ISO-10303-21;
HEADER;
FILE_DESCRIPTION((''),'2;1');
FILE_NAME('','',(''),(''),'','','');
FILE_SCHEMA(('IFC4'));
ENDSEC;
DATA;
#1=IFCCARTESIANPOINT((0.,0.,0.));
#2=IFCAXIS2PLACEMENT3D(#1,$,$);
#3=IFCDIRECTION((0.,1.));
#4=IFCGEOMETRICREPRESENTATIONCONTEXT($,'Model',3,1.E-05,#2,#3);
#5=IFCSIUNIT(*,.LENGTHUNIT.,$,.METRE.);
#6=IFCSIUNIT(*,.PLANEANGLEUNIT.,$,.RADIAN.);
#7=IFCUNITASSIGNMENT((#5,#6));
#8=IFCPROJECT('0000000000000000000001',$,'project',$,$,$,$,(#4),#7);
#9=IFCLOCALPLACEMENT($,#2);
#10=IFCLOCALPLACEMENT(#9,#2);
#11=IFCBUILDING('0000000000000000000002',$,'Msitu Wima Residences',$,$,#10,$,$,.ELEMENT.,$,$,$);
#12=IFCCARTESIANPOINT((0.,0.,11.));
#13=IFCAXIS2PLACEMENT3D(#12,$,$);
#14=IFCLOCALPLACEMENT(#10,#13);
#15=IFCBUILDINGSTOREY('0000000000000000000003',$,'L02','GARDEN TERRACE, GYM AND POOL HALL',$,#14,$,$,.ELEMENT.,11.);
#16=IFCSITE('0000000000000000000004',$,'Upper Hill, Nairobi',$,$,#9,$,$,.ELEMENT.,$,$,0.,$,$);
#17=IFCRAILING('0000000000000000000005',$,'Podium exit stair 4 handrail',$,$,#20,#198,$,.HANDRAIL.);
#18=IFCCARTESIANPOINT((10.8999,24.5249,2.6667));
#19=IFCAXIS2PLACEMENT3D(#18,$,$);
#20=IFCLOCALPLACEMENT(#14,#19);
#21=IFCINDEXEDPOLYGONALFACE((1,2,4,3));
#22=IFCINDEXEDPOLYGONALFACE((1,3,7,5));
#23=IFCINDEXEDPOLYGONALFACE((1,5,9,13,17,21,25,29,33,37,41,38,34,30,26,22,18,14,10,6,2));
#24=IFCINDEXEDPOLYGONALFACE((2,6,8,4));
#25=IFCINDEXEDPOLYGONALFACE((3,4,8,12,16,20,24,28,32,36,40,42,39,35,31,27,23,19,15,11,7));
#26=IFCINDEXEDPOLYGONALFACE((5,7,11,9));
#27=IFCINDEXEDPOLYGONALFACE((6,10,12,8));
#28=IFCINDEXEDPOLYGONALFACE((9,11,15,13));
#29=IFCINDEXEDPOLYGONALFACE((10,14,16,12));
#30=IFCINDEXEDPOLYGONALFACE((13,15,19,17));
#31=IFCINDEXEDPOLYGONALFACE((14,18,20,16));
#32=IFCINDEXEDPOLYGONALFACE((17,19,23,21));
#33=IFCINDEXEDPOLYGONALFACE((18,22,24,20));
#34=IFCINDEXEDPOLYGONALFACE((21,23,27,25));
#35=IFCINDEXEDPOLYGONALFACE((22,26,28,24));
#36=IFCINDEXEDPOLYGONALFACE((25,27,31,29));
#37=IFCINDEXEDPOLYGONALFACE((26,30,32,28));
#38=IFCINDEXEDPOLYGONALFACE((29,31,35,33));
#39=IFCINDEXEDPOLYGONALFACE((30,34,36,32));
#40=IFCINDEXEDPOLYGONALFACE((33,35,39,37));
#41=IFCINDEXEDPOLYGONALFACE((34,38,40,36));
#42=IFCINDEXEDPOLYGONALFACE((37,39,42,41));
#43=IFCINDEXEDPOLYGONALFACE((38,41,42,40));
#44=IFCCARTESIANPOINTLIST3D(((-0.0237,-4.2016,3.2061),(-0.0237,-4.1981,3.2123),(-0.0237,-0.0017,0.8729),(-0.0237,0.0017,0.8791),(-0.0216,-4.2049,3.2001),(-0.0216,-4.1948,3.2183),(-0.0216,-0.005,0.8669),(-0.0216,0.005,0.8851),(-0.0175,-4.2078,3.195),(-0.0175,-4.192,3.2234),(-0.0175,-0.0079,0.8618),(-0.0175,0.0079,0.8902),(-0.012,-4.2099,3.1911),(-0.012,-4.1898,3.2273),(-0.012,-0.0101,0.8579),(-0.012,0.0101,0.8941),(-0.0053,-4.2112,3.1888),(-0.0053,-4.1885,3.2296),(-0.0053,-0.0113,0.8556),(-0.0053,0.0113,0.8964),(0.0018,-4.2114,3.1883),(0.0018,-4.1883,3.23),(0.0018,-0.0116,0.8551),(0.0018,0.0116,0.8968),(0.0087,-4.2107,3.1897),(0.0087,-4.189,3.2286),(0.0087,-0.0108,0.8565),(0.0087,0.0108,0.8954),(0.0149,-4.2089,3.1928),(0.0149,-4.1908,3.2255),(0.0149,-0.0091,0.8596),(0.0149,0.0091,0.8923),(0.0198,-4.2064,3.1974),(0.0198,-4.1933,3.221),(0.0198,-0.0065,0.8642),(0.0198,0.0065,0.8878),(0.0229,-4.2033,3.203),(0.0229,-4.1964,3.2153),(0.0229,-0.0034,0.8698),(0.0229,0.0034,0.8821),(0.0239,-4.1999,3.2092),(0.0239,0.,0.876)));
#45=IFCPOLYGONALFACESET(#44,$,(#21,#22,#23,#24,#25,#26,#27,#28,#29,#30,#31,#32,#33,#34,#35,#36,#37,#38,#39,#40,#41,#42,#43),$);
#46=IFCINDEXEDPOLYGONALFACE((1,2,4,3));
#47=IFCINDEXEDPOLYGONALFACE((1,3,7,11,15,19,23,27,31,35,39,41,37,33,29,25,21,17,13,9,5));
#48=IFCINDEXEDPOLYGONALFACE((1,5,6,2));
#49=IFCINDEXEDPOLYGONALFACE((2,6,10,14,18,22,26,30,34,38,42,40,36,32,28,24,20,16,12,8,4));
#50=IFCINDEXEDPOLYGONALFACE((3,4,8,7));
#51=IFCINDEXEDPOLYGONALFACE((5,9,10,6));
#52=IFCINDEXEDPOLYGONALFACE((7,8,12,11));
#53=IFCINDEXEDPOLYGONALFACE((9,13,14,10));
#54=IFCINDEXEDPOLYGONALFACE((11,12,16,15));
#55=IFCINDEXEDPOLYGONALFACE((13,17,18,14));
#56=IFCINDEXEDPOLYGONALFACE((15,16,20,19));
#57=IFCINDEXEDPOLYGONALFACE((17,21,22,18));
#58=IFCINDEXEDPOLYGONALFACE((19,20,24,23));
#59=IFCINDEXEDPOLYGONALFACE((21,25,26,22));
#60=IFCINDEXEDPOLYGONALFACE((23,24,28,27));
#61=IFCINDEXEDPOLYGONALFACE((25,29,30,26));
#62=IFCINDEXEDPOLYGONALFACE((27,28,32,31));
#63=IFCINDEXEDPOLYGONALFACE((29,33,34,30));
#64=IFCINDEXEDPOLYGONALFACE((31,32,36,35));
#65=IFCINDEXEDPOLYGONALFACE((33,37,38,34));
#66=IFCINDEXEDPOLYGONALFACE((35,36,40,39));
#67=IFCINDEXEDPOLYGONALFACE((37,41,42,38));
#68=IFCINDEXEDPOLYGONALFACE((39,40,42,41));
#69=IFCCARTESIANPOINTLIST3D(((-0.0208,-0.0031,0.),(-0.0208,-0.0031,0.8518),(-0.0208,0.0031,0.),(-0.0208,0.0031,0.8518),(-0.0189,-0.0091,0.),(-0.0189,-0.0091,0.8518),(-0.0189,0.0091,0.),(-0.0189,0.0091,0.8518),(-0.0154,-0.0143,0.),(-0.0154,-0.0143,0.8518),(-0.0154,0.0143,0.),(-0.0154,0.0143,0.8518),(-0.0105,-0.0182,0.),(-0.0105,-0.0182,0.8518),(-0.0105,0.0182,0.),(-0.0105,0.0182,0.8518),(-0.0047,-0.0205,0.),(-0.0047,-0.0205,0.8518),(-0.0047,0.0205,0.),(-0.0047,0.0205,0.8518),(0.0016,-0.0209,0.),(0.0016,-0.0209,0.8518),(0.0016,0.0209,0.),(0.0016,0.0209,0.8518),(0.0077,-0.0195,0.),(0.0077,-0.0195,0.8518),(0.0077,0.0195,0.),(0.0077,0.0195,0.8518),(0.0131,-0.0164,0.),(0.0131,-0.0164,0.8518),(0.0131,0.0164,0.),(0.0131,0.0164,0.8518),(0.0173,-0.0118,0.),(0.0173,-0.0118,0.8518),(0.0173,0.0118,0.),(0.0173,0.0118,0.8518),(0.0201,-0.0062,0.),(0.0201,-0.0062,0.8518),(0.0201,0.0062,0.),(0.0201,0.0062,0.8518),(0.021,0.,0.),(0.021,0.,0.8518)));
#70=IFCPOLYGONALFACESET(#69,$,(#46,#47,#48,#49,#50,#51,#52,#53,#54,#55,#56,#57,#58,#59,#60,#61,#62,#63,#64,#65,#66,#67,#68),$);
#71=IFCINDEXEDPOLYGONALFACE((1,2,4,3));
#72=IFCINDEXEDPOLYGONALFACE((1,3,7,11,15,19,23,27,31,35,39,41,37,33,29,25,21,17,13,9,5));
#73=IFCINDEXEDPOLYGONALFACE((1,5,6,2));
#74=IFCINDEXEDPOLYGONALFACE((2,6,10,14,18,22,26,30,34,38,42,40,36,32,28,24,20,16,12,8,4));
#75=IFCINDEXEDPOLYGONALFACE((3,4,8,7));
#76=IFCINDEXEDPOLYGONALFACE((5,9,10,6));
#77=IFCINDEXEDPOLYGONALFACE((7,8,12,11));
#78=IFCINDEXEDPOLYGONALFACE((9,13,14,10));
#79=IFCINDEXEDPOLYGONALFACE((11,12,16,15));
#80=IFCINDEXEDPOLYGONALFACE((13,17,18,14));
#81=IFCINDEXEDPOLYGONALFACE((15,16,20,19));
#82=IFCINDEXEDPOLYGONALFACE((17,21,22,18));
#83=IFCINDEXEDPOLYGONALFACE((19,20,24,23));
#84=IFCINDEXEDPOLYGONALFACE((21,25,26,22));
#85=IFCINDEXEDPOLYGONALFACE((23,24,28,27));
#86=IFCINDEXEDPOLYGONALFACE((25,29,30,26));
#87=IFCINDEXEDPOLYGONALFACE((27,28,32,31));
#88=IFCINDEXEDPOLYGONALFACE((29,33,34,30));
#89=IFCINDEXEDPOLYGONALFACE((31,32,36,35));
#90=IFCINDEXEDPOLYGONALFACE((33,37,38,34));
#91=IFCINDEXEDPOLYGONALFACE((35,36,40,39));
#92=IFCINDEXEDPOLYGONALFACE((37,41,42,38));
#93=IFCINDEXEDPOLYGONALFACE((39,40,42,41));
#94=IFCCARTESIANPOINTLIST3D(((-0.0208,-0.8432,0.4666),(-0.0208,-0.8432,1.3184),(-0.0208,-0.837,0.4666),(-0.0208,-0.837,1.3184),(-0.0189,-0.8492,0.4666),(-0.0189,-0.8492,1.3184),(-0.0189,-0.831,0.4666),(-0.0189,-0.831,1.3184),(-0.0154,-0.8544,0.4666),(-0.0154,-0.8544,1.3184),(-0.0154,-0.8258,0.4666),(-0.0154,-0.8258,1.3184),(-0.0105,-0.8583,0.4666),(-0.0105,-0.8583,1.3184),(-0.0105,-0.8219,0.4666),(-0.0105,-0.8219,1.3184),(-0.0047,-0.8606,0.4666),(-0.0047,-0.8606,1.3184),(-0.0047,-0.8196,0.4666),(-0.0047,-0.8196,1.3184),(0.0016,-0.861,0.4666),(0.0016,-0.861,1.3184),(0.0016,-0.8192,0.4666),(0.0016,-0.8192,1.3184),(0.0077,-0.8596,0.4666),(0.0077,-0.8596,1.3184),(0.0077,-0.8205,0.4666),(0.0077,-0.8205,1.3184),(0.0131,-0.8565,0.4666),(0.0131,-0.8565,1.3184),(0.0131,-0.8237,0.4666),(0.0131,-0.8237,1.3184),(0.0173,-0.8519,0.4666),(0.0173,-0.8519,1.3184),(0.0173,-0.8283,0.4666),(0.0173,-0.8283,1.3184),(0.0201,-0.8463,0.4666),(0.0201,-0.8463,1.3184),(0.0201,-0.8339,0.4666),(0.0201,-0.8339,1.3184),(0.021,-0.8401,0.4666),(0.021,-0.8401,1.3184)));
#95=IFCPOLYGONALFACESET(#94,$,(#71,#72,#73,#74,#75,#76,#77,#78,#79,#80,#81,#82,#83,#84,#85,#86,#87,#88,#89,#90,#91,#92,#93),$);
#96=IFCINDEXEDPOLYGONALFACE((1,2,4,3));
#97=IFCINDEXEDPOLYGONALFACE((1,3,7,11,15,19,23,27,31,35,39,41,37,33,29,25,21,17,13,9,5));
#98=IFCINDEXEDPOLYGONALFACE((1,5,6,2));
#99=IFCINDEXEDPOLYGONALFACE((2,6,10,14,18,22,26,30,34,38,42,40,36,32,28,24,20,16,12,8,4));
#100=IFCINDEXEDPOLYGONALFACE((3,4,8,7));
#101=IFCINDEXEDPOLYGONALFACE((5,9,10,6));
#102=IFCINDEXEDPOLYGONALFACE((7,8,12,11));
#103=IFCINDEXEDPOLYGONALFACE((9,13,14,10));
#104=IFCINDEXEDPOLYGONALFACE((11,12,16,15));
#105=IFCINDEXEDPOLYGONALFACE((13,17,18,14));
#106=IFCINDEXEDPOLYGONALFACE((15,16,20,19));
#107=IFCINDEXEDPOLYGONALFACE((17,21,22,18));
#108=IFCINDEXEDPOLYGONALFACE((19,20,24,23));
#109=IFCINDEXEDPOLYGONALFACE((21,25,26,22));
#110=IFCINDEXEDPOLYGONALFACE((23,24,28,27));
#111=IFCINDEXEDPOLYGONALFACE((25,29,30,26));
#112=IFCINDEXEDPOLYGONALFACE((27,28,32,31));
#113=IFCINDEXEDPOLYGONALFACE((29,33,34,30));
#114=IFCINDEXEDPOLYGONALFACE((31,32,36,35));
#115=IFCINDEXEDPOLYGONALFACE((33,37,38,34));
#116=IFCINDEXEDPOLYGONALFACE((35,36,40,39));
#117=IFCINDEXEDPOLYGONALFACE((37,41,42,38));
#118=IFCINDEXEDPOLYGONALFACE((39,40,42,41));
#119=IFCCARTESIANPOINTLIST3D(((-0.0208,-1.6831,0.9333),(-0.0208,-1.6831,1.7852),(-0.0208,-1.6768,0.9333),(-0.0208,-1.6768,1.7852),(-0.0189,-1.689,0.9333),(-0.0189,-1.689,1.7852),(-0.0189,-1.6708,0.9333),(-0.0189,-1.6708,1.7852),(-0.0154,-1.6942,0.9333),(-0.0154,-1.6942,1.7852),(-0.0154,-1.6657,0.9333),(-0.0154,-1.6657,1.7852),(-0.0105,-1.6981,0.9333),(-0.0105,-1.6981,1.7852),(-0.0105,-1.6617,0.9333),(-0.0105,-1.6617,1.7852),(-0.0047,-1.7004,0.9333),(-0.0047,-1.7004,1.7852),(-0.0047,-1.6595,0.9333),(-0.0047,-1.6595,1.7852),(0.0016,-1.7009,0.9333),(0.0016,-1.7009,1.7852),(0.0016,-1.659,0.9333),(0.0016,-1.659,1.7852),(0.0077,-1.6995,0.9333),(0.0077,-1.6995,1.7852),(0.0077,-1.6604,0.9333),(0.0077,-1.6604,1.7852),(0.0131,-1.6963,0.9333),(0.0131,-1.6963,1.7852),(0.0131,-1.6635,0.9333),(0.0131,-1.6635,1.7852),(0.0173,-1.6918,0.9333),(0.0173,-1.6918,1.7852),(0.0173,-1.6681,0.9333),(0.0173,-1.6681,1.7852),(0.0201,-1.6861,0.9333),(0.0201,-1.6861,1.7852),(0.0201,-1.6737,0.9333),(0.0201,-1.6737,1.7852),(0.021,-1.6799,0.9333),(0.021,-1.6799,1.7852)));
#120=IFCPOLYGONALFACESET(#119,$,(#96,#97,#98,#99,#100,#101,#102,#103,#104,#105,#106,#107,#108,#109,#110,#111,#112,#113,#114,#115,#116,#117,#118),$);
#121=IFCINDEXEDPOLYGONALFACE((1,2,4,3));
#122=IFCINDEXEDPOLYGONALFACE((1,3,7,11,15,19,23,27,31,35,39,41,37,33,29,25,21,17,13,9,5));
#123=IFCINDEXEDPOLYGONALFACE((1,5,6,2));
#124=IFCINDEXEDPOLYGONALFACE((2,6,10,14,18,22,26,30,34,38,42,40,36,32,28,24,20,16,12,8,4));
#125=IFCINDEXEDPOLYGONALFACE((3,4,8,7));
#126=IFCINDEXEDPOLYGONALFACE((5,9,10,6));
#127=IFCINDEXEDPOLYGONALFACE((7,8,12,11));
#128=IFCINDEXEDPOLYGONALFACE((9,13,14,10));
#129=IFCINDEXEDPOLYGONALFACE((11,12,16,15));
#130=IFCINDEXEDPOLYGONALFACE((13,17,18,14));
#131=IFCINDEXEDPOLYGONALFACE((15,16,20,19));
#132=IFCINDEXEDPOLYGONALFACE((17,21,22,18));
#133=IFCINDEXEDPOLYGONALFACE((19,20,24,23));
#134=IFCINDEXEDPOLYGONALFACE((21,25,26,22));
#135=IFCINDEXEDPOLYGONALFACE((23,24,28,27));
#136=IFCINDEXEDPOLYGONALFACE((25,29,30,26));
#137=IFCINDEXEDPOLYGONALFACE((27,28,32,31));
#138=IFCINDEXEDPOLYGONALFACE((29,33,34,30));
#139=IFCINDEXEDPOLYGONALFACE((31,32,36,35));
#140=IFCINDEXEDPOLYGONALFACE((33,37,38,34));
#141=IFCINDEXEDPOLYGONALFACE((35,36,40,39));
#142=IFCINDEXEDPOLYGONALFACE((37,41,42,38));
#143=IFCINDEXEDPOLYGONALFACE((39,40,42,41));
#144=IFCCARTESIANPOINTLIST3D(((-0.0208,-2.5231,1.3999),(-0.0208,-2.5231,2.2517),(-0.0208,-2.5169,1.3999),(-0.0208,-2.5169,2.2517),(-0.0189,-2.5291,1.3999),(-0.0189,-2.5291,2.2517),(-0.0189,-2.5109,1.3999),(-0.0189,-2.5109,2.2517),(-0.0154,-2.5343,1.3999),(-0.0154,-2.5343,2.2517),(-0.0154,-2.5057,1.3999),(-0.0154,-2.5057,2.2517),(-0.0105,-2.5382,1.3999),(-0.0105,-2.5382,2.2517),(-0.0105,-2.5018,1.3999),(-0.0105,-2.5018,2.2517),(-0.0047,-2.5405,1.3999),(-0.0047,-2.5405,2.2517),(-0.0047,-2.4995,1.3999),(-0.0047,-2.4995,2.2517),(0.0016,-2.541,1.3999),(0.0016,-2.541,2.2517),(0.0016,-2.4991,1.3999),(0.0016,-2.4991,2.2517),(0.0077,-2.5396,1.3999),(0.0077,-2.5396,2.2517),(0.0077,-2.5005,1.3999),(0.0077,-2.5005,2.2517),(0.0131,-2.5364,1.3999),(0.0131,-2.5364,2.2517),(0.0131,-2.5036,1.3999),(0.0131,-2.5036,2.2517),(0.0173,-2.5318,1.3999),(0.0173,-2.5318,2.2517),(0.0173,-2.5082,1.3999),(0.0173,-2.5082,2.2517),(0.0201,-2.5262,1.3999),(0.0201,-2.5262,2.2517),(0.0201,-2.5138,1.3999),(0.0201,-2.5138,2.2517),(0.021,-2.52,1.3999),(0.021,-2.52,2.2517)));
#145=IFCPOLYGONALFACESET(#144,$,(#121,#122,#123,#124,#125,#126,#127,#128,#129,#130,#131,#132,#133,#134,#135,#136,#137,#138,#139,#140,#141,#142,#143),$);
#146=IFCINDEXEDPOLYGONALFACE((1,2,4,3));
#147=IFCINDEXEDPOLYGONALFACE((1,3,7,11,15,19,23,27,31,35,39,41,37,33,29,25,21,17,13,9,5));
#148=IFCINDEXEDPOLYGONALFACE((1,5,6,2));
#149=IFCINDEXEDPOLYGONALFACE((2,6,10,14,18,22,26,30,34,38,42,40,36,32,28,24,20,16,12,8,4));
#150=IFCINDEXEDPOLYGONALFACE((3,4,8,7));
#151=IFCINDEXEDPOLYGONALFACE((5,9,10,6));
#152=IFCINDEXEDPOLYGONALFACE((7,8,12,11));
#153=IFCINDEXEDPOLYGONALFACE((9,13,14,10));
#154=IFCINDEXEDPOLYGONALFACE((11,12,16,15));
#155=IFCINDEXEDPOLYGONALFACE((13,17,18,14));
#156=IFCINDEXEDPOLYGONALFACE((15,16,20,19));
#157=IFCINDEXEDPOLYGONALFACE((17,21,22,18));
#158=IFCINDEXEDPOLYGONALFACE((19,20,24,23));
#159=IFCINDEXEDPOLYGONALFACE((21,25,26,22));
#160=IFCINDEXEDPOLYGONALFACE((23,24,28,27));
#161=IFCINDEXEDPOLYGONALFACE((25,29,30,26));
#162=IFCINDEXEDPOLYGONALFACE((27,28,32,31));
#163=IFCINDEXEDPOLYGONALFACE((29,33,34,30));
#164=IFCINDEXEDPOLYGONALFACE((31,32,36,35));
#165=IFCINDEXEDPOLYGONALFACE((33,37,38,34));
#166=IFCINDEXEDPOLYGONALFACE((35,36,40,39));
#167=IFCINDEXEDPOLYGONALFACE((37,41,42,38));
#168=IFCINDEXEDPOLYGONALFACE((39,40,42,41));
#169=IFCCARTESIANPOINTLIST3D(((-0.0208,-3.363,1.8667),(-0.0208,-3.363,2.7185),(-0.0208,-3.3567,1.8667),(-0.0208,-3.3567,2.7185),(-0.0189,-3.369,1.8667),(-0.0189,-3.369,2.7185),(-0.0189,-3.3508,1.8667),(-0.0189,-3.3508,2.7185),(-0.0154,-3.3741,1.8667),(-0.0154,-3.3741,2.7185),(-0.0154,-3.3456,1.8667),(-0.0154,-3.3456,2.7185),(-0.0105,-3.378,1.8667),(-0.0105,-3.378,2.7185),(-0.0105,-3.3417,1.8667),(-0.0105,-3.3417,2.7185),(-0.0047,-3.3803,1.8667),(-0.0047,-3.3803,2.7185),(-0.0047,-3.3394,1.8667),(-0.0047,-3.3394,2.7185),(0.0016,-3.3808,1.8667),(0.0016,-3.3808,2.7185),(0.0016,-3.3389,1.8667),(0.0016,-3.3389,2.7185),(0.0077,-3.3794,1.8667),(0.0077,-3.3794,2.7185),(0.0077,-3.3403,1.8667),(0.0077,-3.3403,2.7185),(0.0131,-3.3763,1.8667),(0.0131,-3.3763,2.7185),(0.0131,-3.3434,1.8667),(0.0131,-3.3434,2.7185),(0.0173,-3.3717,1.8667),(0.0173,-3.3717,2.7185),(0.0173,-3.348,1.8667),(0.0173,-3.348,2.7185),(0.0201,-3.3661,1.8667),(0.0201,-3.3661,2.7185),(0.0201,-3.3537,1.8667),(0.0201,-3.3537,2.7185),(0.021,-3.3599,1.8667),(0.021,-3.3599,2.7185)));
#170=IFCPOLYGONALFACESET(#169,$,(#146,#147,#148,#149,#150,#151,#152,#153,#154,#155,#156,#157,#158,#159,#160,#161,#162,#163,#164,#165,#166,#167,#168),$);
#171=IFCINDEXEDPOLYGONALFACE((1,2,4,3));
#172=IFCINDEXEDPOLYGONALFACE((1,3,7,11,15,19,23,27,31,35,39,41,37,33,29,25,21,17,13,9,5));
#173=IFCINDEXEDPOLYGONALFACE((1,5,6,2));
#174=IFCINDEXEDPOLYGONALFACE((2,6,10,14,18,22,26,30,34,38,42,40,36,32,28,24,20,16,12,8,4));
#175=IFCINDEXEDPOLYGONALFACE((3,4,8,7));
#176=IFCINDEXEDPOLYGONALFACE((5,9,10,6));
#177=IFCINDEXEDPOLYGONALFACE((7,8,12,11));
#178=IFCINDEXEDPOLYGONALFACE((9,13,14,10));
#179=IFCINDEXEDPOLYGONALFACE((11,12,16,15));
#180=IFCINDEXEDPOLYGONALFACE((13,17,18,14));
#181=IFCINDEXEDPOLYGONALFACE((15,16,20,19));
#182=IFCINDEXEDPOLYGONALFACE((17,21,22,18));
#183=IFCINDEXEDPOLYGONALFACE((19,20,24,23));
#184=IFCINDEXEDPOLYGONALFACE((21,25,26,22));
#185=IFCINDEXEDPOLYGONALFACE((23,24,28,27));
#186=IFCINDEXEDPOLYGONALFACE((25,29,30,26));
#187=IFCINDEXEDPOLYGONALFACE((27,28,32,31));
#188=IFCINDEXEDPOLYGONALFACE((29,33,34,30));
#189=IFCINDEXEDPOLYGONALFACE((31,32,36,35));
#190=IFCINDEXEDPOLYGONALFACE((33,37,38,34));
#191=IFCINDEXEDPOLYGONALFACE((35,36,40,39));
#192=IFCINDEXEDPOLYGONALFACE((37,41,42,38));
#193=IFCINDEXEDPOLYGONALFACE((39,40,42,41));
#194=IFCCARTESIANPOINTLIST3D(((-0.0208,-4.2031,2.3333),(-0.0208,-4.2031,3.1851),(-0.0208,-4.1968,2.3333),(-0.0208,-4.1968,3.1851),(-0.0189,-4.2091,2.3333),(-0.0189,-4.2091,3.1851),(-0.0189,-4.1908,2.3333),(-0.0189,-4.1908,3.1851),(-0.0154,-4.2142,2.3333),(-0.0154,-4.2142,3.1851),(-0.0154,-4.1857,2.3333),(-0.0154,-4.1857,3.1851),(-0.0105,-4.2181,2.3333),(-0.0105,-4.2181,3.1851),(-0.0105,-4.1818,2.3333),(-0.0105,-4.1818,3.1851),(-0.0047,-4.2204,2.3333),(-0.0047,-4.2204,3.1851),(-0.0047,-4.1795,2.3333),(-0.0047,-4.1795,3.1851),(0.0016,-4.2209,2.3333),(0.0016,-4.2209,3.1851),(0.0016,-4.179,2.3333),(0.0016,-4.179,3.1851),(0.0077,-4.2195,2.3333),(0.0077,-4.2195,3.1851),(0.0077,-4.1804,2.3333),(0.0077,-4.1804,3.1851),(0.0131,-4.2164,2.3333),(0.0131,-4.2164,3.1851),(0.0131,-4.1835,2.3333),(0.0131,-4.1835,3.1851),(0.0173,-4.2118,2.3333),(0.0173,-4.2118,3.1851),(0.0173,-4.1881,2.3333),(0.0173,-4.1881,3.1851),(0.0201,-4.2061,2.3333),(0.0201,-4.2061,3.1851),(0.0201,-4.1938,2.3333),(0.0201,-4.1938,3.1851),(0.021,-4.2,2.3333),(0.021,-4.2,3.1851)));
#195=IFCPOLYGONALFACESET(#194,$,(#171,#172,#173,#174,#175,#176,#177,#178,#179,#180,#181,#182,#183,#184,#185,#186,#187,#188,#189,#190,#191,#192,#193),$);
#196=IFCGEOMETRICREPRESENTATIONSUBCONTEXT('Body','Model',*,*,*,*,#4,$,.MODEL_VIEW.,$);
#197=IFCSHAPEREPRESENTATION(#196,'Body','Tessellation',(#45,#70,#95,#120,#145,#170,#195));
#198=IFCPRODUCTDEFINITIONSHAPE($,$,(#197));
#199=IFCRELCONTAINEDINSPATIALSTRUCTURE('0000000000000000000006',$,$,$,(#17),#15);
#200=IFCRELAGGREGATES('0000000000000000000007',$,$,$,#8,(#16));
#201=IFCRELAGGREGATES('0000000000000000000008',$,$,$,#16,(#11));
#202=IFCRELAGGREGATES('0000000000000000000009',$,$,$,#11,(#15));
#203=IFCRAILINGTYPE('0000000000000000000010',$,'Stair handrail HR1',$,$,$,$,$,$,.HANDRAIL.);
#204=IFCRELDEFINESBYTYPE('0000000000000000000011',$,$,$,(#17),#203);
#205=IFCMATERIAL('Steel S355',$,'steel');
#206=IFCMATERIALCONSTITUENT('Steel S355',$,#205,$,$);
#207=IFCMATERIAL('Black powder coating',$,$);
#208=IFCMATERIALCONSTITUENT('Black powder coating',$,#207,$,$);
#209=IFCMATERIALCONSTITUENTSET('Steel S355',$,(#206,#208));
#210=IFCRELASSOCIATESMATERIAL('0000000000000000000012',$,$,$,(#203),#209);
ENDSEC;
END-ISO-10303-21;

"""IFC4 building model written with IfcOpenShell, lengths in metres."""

from ifc_helpers import new_model, si_unit, direction, frame, origin, origin_2d, place, context, subcontext, project, spatial, circle, extrude, material, constituent, constituent_set, type_object, element, save


model = new_model("IFC4")

# Units and contexts
model_context = context("Model", 3, precision=1e-05, world=origin(), true_north=direction((0.0, 1.0)))
body_context = subcontext(model_context, "Body", "Model", "MODEL_VIEW")
ifc_project = project(units=[si_unit("LENGTHUNIT", "METRE"), si_unit("PLANEANGLEUNIT", "RADIAN")], contexts=[model_context])

# Site, building, storey
site_placement = place(None, origin())
site = spatial("IfcSite", under=ifc_project, at=site_placement, Name="Upper Hill, Nairobi", CompositionType="ELEMENT", RefElevation=0.0)
building_placement = place(site_placement, origin())
building = spatial("IfcBuilding", under=site, at=building_placement, Name="Msitu Wima Residences", CompositionType="ELEMENT")
storey_placement = place(building_placement, frame((0.0, 0.0, 11.0)))
storey = spatial("IfcBuildingStorey", under=building, at=storey_placement, Name="L02", Description="GARDEN TERRACE, GYM AND POOL HALL", CompositionType="ELEMENT", Elevation=11.0)

# Railing
ifc_material_1 = material(Name="Steel S355", Category="steel")
ifc_constituent_1 = constituent(ifc_material_1, Name="Steel S355")
ifc_material_2 = material(Name="Black powder coating")
ifc_constituent_2 = constituent(ifc_material_2, Name="Black powder coating")
ifc_constituent_set = constituent_set(constituents=[ifc_constituent_1, ifc_constituent_2], Name="Steel S355")
railing_type = type_object("IfcRailingType", Name="Stair handrail HR1", PredefinedType="HANDRAIL", material=ifc_constituent_set)
railing_placement = place(storey_placement, frame((10.8999, 24.5249, 2.6667)))
element("IfcRailing", 1, at=railing_placement, inside=storey, type_object=railing_type, Name="Podium exit stair 4 handrail", PredefinedType="HANDRAIL", context=body_context, shape_type="SweptSolid", body=[
    extrude(circle(Radius=0.0239, at=origin_2d()), frame((0.0, 0.0, 0.876), z_axis=(0.0, -0.874162, 0.485634), x_axis=(1.0, 0.0, 0.0)), (0.0, 0.0, 1.0), 4.8044),
    extrude(circle(Radius=0.021, at=origin_2d()), origin(), (0.0, 0.0, 1.0), 0.8518),
    extrude(circle(Radius=0.021, at=origin_2d()), frame((0.0, -0.8401, 0.4666)), (0.0, 0.0, 1.0), 0.8518),
    extrude(circle(Radius=0.021, at=origin_2d()), frame((0.0, -1.6799, 0.9333)), (0.0, 0.0, 1.0), 0.8518),
    extrude(circle(Radius=0.021, at=origin_2d()), frame((0.0, -2.52, 1.3999)), (0.0, 0.0, 1.0), 0.8518),
    extrude(circle(Radius=0.021, at=origin_2d()), frame((0.0, -3.3599, 1.8667)), (0.0, 0.0, 1.0), 0.8518),
    extrude(circle(Radius=0.021, at=origin_2d()), frame((0.0, -4.2, 2.3333)), (0.0, 0.0, 1.0), 0.8518),
])

save(model, "model.ifc")
